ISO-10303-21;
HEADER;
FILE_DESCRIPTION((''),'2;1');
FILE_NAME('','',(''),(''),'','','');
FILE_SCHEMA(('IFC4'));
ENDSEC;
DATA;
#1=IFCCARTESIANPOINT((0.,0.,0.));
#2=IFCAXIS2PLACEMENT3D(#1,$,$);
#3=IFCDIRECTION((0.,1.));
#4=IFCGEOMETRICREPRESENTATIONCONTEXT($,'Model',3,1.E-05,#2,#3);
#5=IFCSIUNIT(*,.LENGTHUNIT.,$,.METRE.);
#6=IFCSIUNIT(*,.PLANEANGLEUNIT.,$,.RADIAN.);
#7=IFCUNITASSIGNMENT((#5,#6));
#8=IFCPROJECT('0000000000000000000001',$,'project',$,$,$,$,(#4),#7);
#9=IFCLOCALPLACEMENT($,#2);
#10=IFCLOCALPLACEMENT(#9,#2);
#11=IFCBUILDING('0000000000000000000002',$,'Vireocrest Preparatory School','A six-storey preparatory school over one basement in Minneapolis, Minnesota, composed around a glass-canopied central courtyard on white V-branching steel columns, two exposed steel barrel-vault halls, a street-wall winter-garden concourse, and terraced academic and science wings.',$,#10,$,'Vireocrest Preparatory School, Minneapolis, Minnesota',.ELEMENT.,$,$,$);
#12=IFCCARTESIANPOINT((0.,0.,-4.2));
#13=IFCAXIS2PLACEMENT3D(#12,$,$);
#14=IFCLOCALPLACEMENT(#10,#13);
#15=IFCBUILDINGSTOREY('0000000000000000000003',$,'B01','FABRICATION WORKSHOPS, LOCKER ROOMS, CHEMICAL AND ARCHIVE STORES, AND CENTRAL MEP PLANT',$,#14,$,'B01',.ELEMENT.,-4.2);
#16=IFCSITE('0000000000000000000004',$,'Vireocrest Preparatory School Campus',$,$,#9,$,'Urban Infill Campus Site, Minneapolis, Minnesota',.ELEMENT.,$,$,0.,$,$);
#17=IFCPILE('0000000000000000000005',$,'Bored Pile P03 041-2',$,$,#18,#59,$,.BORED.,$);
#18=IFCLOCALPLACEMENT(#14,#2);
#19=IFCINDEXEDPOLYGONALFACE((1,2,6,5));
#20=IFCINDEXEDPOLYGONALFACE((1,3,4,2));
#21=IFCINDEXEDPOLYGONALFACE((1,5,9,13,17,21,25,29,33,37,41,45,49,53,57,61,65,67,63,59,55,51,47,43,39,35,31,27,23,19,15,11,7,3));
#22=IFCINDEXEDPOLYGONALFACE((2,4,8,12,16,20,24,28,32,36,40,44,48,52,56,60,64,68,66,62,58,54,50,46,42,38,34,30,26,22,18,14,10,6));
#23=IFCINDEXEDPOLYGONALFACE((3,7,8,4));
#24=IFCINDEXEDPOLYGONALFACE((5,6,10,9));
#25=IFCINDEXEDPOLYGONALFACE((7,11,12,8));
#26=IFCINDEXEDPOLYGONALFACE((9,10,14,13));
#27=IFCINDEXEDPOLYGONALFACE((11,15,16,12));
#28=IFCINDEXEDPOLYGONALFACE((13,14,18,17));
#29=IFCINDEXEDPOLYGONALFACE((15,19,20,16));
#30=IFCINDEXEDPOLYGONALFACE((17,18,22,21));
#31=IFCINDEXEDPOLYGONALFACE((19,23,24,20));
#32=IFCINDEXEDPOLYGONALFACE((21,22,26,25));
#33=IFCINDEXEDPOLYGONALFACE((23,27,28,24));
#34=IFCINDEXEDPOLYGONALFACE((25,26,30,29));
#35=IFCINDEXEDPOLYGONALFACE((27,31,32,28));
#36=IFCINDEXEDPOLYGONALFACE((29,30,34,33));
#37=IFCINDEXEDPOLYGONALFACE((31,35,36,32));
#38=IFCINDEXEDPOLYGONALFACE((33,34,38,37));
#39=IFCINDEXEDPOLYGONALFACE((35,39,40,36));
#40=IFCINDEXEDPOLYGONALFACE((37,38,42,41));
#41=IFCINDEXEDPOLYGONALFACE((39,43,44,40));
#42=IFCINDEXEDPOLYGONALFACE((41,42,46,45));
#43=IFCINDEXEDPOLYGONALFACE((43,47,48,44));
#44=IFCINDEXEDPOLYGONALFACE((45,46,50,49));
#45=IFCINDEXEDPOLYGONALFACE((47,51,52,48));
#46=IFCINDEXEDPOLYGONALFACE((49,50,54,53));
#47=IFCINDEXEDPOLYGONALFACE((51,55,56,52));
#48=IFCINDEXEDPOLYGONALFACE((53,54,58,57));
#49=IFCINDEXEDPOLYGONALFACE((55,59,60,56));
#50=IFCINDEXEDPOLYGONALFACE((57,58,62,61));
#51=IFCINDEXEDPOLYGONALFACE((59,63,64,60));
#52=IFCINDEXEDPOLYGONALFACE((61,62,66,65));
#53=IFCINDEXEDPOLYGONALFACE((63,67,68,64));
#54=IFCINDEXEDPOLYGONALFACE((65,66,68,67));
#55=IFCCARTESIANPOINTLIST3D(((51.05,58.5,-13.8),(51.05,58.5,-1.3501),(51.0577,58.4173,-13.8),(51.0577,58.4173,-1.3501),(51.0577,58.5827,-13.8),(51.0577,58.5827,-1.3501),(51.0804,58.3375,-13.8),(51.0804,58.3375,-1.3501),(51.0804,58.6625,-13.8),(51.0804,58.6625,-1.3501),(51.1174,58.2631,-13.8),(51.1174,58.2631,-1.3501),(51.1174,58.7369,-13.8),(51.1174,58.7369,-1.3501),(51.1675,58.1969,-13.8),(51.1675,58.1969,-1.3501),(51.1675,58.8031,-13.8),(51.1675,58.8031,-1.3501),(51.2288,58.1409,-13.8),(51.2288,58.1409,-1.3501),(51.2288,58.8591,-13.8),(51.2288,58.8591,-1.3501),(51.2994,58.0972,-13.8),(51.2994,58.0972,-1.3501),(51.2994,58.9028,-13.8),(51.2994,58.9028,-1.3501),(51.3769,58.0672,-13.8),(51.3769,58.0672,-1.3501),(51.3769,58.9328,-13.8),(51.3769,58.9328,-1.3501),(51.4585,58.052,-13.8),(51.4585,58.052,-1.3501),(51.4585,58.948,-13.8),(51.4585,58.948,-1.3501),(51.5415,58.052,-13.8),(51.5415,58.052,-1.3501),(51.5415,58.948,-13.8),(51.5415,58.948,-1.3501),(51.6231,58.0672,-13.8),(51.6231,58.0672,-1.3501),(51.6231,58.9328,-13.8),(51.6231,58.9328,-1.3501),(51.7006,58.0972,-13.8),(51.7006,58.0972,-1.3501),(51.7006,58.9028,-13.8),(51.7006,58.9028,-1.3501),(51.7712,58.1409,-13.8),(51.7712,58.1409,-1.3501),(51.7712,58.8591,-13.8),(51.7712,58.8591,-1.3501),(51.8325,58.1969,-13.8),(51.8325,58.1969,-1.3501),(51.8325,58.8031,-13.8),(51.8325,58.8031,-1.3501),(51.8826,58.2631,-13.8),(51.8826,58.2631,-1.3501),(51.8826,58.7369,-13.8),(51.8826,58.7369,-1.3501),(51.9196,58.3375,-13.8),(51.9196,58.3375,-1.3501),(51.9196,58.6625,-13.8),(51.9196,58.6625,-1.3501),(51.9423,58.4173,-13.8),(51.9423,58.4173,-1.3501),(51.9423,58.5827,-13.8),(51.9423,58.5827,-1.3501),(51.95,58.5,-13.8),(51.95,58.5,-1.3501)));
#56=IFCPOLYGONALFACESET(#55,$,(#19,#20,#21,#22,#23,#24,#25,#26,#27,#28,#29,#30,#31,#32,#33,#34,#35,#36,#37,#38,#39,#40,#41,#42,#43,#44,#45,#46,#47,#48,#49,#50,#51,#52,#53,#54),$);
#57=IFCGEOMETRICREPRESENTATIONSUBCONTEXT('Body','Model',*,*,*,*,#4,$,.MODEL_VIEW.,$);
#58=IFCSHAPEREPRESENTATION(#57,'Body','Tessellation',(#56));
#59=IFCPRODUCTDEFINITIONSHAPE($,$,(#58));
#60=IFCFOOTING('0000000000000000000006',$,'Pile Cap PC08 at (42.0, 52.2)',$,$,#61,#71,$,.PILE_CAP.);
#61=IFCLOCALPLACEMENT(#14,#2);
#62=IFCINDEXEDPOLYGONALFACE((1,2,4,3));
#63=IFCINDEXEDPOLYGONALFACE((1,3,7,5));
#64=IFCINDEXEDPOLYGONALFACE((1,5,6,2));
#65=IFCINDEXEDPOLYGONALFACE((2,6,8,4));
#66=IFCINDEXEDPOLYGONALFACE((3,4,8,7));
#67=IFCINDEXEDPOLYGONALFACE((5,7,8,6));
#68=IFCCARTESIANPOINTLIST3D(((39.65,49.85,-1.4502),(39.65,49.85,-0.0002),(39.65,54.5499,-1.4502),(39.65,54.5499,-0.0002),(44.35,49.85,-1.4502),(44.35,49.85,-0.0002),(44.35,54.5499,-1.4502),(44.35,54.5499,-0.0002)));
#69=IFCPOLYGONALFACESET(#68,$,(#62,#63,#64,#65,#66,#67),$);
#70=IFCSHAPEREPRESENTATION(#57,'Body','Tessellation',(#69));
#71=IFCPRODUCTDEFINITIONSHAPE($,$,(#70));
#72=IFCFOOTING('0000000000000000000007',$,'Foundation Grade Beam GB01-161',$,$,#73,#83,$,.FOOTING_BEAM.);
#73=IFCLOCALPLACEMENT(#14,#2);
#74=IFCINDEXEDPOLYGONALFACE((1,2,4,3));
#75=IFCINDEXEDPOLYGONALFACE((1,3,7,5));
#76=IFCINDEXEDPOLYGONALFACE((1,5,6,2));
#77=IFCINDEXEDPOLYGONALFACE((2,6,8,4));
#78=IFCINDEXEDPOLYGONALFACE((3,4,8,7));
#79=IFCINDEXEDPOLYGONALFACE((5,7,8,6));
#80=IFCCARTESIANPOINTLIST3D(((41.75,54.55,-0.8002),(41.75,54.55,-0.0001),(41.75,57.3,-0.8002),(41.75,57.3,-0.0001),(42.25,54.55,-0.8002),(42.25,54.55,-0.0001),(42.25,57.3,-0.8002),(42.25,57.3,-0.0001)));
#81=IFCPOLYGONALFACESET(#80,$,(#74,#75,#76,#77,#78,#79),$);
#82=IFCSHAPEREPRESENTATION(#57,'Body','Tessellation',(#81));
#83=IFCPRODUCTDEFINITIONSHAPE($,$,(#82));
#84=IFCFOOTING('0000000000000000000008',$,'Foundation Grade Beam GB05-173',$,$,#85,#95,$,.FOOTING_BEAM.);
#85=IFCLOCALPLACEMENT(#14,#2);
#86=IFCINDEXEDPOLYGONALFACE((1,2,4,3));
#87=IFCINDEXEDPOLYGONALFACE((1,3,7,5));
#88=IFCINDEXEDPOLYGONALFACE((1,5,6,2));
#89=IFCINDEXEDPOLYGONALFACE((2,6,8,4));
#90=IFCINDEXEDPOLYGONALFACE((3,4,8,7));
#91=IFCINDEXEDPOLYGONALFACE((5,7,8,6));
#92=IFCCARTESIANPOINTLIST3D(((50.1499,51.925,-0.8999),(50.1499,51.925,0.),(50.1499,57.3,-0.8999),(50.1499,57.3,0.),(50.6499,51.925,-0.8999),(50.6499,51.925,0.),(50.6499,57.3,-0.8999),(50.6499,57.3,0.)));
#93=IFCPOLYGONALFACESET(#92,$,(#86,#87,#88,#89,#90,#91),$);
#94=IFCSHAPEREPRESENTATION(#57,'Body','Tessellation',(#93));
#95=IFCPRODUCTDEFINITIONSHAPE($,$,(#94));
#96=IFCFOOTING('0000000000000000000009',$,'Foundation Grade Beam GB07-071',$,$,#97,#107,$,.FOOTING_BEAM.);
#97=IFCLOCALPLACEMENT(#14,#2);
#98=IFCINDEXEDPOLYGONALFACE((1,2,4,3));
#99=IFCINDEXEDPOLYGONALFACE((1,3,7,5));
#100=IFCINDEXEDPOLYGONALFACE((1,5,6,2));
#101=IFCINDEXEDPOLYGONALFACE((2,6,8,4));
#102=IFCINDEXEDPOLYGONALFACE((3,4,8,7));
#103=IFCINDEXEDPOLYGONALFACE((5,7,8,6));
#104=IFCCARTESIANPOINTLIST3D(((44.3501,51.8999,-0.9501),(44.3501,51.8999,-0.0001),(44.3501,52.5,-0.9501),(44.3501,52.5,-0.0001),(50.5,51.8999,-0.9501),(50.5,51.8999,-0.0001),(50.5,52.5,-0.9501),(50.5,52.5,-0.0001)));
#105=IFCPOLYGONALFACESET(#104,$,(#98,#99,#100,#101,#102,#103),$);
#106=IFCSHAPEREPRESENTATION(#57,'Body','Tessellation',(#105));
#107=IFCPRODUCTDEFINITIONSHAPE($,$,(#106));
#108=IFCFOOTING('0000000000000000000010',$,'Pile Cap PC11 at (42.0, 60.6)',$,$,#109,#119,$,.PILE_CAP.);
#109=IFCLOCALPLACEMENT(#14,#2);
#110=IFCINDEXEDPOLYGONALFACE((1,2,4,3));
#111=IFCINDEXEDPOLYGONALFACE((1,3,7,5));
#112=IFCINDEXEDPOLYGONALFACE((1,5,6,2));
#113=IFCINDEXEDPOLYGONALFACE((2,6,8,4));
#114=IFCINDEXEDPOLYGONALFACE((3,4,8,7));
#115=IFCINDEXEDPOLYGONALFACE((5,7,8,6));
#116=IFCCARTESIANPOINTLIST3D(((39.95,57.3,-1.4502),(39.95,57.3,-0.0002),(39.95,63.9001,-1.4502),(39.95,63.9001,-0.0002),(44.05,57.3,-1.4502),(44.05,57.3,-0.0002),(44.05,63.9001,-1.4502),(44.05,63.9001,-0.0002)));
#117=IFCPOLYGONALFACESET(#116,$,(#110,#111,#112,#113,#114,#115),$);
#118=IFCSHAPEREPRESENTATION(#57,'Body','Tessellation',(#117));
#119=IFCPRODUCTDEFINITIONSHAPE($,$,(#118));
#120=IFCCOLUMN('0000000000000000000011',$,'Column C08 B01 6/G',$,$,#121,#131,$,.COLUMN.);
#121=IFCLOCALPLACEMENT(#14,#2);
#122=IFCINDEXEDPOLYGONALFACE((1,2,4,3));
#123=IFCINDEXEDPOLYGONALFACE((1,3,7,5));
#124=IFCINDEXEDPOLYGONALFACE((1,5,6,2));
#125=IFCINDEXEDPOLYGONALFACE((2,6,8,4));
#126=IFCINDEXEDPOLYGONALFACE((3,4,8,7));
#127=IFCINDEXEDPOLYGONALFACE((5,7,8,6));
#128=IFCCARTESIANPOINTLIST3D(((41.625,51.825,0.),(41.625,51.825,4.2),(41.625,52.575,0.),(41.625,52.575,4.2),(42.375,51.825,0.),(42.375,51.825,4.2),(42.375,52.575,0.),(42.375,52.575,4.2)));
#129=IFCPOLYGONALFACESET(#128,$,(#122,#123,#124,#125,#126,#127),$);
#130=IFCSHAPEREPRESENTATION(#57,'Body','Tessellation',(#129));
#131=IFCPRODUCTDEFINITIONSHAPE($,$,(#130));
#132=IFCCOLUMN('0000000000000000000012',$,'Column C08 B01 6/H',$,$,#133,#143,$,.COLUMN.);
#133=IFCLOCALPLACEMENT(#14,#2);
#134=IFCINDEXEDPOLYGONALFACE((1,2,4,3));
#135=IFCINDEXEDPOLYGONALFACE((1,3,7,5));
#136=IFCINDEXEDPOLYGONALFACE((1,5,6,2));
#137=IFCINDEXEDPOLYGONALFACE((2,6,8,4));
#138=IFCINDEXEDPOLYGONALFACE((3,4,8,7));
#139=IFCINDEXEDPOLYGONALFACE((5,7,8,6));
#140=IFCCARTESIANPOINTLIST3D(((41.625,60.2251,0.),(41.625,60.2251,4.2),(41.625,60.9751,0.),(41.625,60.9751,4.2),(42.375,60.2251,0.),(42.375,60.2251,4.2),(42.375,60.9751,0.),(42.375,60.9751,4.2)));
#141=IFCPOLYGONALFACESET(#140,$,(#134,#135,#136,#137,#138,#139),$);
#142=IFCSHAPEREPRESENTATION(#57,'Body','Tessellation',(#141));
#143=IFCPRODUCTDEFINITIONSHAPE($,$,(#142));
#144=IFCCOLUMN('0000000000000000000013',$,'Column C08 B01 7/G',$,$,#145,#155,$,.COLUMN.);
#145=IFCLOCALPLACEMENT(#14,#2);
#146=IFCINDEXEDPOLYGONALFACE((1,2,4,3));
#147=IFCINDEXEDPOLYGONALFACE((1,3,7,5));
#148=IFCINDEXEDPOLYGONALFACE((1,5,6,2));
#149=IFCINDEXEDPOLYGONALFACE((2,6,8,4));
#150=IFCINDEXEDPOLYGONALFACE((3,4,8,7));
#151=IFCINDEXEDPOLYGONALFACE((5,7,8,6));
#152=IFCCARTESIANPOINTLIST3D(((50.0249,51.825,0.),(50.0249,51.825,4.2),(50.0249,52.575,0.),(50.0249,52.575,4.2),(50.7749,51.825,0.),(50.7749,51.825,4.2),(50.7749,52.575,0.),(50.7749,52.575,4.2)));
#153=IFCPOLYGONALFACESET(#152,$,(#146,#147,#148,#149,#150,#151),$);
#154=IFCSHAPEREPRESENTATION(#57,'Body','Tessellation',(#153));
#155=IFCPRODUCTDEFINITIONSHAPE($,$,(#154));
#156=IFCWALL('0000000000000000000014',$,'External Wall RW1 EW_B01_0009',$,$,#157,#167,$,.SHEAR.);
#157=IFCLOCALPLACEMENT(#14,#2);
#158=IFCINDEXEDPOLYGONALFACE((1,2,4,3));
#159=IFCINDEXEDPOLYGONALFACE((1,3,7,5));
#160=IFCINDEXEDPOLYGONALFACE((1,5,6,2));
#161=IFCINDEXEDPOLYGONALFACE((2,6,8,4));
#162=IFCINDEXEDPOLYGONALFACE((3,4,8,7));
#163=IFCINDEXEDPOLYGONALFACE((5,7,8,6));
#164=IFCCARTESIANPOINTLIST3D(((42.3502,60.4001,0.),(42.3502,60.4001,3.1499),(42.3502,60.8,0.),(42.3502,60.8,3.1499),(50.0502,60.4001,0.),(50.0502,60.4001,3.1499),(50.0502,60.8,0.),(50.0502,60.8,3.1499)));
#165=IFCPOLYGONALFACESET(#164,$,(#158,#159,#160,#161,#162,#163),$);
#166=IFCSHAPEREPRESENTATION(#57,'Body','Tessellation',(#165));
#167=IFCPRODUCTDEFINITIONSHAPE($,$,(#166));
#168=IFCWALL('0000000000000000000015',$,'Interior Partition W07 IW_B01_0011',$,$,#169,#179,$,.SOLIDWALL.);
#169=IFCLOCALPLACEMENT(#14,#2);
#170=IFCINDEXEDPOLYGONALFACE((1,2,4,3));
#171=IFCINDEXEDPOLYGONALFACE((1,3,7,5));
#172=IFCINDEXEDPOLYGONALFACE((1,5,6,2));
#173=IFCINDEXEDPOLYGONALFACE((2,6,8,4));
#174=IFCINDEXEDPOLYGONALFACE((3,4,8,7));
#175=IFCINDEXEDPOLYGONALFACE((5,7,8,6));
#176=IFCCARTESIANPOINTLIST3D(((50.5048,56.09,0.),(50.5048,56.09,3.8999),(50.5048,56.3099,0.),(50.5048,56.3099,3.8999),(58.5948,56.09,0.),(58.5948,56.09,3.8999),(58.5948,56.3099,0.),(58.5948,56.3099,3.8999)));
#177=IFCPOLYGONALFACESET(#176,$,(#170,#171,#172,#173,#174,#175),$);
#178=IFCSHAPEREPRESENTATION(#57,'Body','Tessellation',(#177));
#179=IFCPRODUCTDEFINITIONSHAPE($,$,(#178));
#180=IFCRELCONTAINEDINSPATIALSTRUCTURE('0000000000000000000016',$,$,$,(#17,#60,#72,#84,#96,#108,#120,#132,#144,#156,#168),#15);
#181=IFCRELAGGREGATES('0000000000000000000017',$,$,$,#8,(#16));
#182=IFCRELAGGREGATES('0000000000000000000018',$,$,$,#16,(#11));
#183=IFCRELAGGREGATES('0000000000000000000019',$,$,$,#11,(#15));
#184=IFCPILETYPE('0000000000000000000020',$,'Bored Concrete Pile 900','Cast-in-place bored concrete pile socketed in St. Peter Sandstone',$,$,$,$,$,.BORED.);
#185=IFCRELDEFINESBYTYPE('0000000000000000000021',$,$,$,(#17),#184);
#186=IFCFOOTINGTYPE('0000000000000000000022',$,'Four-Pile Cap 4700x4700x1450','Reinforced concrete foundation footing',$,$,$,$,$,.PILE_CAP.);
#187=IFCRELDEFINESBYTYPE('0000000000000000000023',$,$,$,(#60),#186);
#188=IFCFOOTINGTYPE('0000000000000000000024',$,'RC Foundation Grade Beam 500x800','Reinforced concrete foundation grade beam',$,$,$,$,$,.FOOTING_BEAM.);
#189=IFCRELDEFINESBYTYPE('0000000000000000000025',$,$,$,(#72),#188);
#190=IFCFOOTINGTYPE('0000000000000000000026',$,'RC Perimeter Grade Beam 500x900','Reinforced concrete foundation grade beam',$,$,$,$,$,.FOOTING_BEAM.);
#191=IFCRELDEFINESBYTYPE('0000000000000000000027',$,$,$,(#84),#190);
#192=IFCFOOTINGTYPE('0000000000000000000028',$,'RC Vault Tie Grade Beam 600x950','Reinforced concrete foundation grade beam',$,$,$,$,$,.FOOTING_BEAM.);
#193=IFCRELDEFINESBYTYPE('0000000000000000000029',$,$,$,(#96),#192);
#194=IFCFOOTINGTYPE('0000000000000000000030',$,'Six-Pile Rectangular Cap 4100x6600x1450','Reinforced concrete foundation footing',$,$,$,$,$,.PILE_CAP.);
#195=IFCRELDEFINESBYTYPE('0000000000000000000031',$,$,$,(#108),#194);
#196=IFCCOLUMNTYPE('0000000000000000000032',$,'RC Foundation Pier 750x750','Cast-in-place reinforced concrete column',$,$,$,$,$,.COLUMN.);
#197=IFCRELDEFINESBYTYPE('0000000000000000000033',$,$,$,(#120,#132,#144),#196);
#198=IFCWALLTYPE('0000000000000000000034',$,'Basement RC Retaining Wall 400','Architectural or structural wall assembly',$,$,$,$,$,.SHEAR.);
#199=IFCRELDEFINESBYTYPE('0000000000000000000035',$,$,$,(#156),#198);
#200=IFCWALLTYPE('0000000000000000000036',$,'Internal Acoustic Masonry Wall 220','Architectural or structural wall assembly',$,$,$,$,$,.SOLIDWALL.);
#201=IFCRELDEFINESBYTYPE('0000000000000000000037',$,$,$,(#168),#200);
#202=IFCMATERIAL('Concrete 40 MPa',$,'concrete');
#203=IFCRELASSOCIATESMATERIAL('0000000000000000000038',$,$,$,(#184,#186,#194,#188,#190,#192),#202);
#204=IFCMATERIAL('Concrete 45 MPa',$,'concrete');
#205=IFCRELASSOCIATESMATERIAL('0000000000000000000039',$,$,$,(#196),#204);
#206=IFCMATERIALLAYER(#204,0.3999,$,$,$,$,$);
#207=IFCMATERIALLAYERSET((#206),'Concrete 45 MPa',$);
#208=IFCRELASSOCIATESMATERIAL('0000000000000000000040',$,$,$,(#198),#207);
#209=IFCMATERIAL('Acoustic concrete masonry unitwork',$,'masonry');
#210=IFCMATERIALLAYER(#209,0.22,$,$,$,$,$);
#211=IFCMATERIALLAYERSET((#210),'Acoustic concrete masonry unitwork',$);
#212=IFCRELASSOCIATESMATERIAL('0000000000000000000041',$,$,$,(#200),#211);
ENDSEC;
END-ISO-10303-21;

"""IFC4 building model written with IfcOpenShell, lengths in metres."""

from ifc_helpers import new_model, si_unit, direction, frame, frame_2d, origin, origin_2d, place, context, subcontext, project, spatial, rectangle, circle, extrude, material, layer, layer_set, material_profile, profile_set, type_object, element, save


model = new_model("IFC4")

# Units and contexts
model_context = context("Model", 3, precision=1e-05, world=origin(), true_north=direction((0.0, 1.0)))
body_context = subcontext(model_context, "Body", "Model", "MODEL_VIEW")
ifc_project = project(units=[si_unit("LENGTHUNIT", "METRE"), si_unit("PLANEANGLEUNIT", "RADIAN")], contexts=[model_context])

# Site, building, storey
site_placement = place(None, origin())
site = spatial("IfcSite", under=ifc_project, at=site_placement, Name="Vireocrest Preparatory School Campus", LongName="Urban Infill Campus Site, Minneapolis, Minnesota", CompositionType="ELEMENT", RefElevation=0.0)
building_placement = place(site_placement, origin())
building = spatial("IfcBuilding", under=site, at=building_placement, Name="Vireocrest Preparatory School", Description="A six-storey preparatory school over one basement in Minneapolis, Minnesota, composed around a glass-canopied central courtyard on white V-branching steel columns, two exposed steel barrel-vault halls, a street-wall winter-garden concourse, and terraced academic and science wings.", LongName="Vireocrest Preparatory School, Minneapolis, Minnesota", CompositionType="ELEMENT")
storey_placement = place(building_placement, frame((0.0, 0.0, -4.2)))
storey = spatial("IfcBuildingStorey", under=building, at=storey_placement, Name="B01", Description="FABRICATION WORKSHOPS, LOCKER ROOMS, CHEMICAL AND ARCHIVE STORES, AND CENTRAL MEP PLANT", LongName="B01", CompositionType="ELEMENT", Elevation=-4.2)

# Pile
ifc_material_1 = material(Name="Concrete 40 MPa", Category="concrete")
ifc_material_profile_1 = material_profile(ifc_material_1, circle(Radius=0.45, at=origin_2d()), Name="BORED PILE 900")
ifc_profile_set_1 = profile_set([ifc_material_profile_1], Name="Concrete 40 MPa")
pile_type_1 = type_object("IfcPileType", Name="Bored Concrete Pile 900", Description="Cast-in-place bored concrete pile socketed in St. Peter Sandstone", PredefinedType="BORED", material=ifc_profile_set_1)
for number, where, z_axis, x_axis, name in (
    (1, (51.5, 58.5, -1.3501), (0.0, 0.0, -1.0), (1.0, 0.0, 0.0), "Bored Pile P03 041-2"),
):
    element("IfcPile", number, at=place(storey_placement, frame(where, z_axis=z_axis, x_axis=x_axis)), inside=storey, type_object=pile_type_1, Name=name, PredefinedType="BORED", context=body_context, shape_type="SweptSolid", body=[
        extrude(circle(Radius=0.45, at=origin_2d()), origin(), (0.0, 0.0, 1.0), 12.45),
    ])

# Footings
footing_type_1 = type_object("IfcFootingType", Name="Four-Pile Cap 4700x4700x1450", Description="Reinforced concrete foundation footing", PredefinedType="PILE_CAP", material=ifc_material_1)
footing_1_placement = place(storey_placement, frame((42.0, 52.2, -1.4502), z_axis=(0.0, 0.0, 1.0), x_axis=(1.0, 0.0, 0.0)))
element("IfcFooting", 2, at=footing_1_placement, inside=storey, type_object=footing_type_1, Name="Pile Cap PC08 at (42.0, 52.2)", PredefinedType="PILE_CAP", context=body_context, shape_type="SweptSolid", body=[
    extrude(rectangle(XDim=4.7, YDim=4.7, at=origin_2d()), origin(), (0.0, 0.0, 1.0), 1.45),
])
ifc_material_profile_2 = material_profile(ifc_material_1, rectangle(XDim=0.5, YDim=0.8, at=origin_2d()), Name="GB 500x800")
ifc_profile_set_2 = profile_set([ifc_material_profile_2], Name="Concrete 40 MPa")
footing_type_2 = type_object("IfcFootingType", Name="RC Foundation Grade Beam 500x800", Description="Reinforced concrete foundation grade beam", PredefinedType="FOOTING_BEAM", material=ifc_profile_set_2)
footing_2_placement = place(storey_placement, frame((42.0, 54.55, -0.4001), z_axis=(0.0, 1.0, 0.0), x_axis=(-1.0, 0.0, 0.0)))
element("IfcFooting", 3, at=footing_2_placement, inside=storey, type_object=footing_type_2, Name="Foundation Grade Beam GB01-161", PredefinedType="FOOTING_BEAM", context=body_context, shape_type="SweptSolid", body=[
    extrude(rectangle(XDim=0.5, YDim=0.8, at=origin_2d()), origin(), (0.0, 0.0, 1.0), 2.75),
])
ifc_material_profile_3 = material_profile(ifc_material_1, rectangle(XDim=0.5, YDim=0.8999, at=origin_2d()), Name="GB 500x900")
ifc_profile_set_3 = profile_set([ifc_material_profile_3], Name="Concrete 40 MPa")
footing_type_3 = type_object("IfcFootingType", Name="RC Perimeter Grade Beam 500x900", Description="Reinforced concrete foundation grade beam", PredefinedType="FOOTING_BEAM", material=ifc_profile_set_3)
footing_3_placement = place(storey_placement, frame((50.3999, 51.925, -0.45), z_axis=(0.0, 1.0, 0.0), x_axis=(-1.0, 0.0, 0.0)))
element("IfcFooting", 4, at=footing_3_placement, inside=storey, type_object=footing_type_3, Name="Foundation Grade Beam GB05-173", PredefinedType="FOOTING_BEAM", context=body_context, shape_type="SweptSolid", body=[
    extrude(rectangle(XDim=0.5, YDim=0.8999, at=origin_2d()), origin(), (0.0, 0.0, 1.0), 5.375),
])
ifc_material_profile_4 = material_profile(ifc_material_1, rectangle(XDim=0.6001, YDim=0.95, at=origin_2d()), Name="GB 600x950")
ifc_profile_set_4 = profile_set([ifc_material_profile_4], Name="Concrete 40 MPa")
footing_type_4 = type_object("IfcFootingType", Name="RC Vault Tie Grade Beam 600x950", Description="Reinforced concrete foundation grade beam", PredefinedType="FOOTING_BEAM", material=ifc_profile_set_4)
footing_4_placement = place(storey_placement, frame((44.3501, 52.2, -0.4751), z_axis=(1.0, 0.0, 0.0), x_axis=(0.0, 1.0, 0.0)))
element("IfcFooting", 5, at=footing_4_placement, inside=storey, type_object=footing_type_4, Name="Foundation Grade Beam GB07-071", PredefinedType="FOOTING_BEAM", context=body_context, shape_type="SweptSolid", body=[
    extrude(rectangle(XDim=0.6001, YDim=0.95, at=origin_2d()), origin(), (0.0, 0.0, 1.0), 6.1499),
])
footing_type_5 = type_object("IfcFootingType", Name="Six-Pile Rectangular Cap 4100x6600x1450", Description="Reinforced concrete foundation footing", PredefinedType="PILE_CAP", material=ifc_material_1)
footing_5_placement = place(storey_placement, frame((42.0, 60.6001, -1.4502), z_axis=(0.0, 0.0, 1.0), x_axis=(1.0, 0.0, 0.0)))
element("IfcFooting", 6, at=footing_5_placement, inside=storey, type_object=footing_type_5, Name="Pile Cap PC11 at (42.0, 60.6)", PredefinedType="PILE_CAP", context=body_context, shape_type="SweptSolid", body=[
    extrude(rectangle(XDim=4.1001, YDim=6.6001, at=origin_2d()), origin(), (0.0, 0.0, 1.0), 1.45),
])

# Columns
ifc_material_2 = material(Name="Concrete 45 MPa", Category="concrete")
ifc_material_profile_5 = material_profile(ifc_material_2, rectangle(XDim=0.75, YDim=0.75, at=origin_2d()), Name="RC 750x750")
ifc_profile_set_5 = profile_set([ifc_material_profile_5], Name="Concrete 45 MPa")
column_type = type_object("IfcColumnType", Name="RC Foundation Pier 750x750", Description="Cast-in-place reinforced concrete column", PredefinedType="COLUMN", material=ifc_profile_set_5)
for number, where, z_axis, x_axis, name in (
    (7, (42.0, 52.2, 0.0), (0.0, 0.0, 1.0), (1.0, 0.0, 0.0), "Column C08 B01 6/G"),
    (8, (42.0, 60.6001, 0.0), (0.0, 0.0, 1.0), (1.0, 0.0, 0.0), "Column C08 B01 6/H"),
    (9, (50.3999, 52.2, 0.0), (0.0, 0.0, 1.0), (1.0, 0.0, 0.0), "Column C08 B01 7/G"),
):
    element("IfcColumn", number, at=place(storey_placement, frame(where, z_axis=z_axis, x_axis=x_axis)), inside=storey, type_object=column_type, Name=name, PredefinedType="COLUMN", context=body_context, shape_type="SweptSolid", body=[
        extrude(rectangle(XDim=0.75, YDim=0.75, at=origin_2d()), origin(), (0.0, 0.0, 1.0), 4.2),
    ])

# Wall
ifc_layer_1 = layer(ifc_material_2, 0.3999)
ifc_layer_set_1 = layer_set([ifc_layer_1], Name="Concrete 45 MPa")
wall_type_1 = type_object("IfcWallType", Name="Basement RC Retaining Wall 400", Description="Architectural or structural wall assembly", PredefinedType="SHEAR", material=ifc_layer_set_1)
wall_1_placement = place(storey_placement, frame((42.3501, 60.6001, 0.0), z_axis=(0.0, 0.0, 1.0), x_axis=(1.0, 0.0, 0.0)))
element("IfcWall", 10, at=wall_1_placement, inside=storey, type_object=wall_type_1, Name="External Wall RW1 EW_B01_0009", PredefinedType="SHEAR", context=body_context, shape_type="SweptSolid", body=[
    extrude(rectangle(XDim=7.7, YDim=0.3999, at=frame_2d((3.8501, 0.0))), origin(), (0.0, 0.0, 1.0), 3.1499),
])

# Wall
ifc_material_3 = material(Name="Acoustic concrete masonry unitwork", Category="masonry")
ifc_layer_2 = layer(ifc_material_3, 0.22)
ifc_layer_set_2 = layer_set([ifc_layer_2], Name="Acoustic concrete masonry unitwork")
wall_type_2 = type_object("IfcWallType", Name="Internal Acoustic Masonry Wall 220", Description="Architectural or structural wall assembly", PredefinedType="SOLIDWALL", material=ifc_layer_set_2)
wall_2_placement = place(storey_placement, frame((50.5049, 56.2, 0.0), z_axis=(0.0, 0.0, 1.0), x_axis=(1.0, 0.0, 0.0)))
element("IfcWall", 11, at=wall_2_placement, inside=storey, type_object=wall_type_2, Name="Interior Partition W07 IW_B01_0011", PredefinedType="SOLIDWALL", context=body_context, shape_type="SweptSolid", body=[
    extrude(rectangle(XDim=8.0901, YDim=0.22, at=frame_2d((4.0449, 0.0))), origin(), (0.0, 0.0, 1.0), 3.8999),
])

save(model, "model.ifc")
